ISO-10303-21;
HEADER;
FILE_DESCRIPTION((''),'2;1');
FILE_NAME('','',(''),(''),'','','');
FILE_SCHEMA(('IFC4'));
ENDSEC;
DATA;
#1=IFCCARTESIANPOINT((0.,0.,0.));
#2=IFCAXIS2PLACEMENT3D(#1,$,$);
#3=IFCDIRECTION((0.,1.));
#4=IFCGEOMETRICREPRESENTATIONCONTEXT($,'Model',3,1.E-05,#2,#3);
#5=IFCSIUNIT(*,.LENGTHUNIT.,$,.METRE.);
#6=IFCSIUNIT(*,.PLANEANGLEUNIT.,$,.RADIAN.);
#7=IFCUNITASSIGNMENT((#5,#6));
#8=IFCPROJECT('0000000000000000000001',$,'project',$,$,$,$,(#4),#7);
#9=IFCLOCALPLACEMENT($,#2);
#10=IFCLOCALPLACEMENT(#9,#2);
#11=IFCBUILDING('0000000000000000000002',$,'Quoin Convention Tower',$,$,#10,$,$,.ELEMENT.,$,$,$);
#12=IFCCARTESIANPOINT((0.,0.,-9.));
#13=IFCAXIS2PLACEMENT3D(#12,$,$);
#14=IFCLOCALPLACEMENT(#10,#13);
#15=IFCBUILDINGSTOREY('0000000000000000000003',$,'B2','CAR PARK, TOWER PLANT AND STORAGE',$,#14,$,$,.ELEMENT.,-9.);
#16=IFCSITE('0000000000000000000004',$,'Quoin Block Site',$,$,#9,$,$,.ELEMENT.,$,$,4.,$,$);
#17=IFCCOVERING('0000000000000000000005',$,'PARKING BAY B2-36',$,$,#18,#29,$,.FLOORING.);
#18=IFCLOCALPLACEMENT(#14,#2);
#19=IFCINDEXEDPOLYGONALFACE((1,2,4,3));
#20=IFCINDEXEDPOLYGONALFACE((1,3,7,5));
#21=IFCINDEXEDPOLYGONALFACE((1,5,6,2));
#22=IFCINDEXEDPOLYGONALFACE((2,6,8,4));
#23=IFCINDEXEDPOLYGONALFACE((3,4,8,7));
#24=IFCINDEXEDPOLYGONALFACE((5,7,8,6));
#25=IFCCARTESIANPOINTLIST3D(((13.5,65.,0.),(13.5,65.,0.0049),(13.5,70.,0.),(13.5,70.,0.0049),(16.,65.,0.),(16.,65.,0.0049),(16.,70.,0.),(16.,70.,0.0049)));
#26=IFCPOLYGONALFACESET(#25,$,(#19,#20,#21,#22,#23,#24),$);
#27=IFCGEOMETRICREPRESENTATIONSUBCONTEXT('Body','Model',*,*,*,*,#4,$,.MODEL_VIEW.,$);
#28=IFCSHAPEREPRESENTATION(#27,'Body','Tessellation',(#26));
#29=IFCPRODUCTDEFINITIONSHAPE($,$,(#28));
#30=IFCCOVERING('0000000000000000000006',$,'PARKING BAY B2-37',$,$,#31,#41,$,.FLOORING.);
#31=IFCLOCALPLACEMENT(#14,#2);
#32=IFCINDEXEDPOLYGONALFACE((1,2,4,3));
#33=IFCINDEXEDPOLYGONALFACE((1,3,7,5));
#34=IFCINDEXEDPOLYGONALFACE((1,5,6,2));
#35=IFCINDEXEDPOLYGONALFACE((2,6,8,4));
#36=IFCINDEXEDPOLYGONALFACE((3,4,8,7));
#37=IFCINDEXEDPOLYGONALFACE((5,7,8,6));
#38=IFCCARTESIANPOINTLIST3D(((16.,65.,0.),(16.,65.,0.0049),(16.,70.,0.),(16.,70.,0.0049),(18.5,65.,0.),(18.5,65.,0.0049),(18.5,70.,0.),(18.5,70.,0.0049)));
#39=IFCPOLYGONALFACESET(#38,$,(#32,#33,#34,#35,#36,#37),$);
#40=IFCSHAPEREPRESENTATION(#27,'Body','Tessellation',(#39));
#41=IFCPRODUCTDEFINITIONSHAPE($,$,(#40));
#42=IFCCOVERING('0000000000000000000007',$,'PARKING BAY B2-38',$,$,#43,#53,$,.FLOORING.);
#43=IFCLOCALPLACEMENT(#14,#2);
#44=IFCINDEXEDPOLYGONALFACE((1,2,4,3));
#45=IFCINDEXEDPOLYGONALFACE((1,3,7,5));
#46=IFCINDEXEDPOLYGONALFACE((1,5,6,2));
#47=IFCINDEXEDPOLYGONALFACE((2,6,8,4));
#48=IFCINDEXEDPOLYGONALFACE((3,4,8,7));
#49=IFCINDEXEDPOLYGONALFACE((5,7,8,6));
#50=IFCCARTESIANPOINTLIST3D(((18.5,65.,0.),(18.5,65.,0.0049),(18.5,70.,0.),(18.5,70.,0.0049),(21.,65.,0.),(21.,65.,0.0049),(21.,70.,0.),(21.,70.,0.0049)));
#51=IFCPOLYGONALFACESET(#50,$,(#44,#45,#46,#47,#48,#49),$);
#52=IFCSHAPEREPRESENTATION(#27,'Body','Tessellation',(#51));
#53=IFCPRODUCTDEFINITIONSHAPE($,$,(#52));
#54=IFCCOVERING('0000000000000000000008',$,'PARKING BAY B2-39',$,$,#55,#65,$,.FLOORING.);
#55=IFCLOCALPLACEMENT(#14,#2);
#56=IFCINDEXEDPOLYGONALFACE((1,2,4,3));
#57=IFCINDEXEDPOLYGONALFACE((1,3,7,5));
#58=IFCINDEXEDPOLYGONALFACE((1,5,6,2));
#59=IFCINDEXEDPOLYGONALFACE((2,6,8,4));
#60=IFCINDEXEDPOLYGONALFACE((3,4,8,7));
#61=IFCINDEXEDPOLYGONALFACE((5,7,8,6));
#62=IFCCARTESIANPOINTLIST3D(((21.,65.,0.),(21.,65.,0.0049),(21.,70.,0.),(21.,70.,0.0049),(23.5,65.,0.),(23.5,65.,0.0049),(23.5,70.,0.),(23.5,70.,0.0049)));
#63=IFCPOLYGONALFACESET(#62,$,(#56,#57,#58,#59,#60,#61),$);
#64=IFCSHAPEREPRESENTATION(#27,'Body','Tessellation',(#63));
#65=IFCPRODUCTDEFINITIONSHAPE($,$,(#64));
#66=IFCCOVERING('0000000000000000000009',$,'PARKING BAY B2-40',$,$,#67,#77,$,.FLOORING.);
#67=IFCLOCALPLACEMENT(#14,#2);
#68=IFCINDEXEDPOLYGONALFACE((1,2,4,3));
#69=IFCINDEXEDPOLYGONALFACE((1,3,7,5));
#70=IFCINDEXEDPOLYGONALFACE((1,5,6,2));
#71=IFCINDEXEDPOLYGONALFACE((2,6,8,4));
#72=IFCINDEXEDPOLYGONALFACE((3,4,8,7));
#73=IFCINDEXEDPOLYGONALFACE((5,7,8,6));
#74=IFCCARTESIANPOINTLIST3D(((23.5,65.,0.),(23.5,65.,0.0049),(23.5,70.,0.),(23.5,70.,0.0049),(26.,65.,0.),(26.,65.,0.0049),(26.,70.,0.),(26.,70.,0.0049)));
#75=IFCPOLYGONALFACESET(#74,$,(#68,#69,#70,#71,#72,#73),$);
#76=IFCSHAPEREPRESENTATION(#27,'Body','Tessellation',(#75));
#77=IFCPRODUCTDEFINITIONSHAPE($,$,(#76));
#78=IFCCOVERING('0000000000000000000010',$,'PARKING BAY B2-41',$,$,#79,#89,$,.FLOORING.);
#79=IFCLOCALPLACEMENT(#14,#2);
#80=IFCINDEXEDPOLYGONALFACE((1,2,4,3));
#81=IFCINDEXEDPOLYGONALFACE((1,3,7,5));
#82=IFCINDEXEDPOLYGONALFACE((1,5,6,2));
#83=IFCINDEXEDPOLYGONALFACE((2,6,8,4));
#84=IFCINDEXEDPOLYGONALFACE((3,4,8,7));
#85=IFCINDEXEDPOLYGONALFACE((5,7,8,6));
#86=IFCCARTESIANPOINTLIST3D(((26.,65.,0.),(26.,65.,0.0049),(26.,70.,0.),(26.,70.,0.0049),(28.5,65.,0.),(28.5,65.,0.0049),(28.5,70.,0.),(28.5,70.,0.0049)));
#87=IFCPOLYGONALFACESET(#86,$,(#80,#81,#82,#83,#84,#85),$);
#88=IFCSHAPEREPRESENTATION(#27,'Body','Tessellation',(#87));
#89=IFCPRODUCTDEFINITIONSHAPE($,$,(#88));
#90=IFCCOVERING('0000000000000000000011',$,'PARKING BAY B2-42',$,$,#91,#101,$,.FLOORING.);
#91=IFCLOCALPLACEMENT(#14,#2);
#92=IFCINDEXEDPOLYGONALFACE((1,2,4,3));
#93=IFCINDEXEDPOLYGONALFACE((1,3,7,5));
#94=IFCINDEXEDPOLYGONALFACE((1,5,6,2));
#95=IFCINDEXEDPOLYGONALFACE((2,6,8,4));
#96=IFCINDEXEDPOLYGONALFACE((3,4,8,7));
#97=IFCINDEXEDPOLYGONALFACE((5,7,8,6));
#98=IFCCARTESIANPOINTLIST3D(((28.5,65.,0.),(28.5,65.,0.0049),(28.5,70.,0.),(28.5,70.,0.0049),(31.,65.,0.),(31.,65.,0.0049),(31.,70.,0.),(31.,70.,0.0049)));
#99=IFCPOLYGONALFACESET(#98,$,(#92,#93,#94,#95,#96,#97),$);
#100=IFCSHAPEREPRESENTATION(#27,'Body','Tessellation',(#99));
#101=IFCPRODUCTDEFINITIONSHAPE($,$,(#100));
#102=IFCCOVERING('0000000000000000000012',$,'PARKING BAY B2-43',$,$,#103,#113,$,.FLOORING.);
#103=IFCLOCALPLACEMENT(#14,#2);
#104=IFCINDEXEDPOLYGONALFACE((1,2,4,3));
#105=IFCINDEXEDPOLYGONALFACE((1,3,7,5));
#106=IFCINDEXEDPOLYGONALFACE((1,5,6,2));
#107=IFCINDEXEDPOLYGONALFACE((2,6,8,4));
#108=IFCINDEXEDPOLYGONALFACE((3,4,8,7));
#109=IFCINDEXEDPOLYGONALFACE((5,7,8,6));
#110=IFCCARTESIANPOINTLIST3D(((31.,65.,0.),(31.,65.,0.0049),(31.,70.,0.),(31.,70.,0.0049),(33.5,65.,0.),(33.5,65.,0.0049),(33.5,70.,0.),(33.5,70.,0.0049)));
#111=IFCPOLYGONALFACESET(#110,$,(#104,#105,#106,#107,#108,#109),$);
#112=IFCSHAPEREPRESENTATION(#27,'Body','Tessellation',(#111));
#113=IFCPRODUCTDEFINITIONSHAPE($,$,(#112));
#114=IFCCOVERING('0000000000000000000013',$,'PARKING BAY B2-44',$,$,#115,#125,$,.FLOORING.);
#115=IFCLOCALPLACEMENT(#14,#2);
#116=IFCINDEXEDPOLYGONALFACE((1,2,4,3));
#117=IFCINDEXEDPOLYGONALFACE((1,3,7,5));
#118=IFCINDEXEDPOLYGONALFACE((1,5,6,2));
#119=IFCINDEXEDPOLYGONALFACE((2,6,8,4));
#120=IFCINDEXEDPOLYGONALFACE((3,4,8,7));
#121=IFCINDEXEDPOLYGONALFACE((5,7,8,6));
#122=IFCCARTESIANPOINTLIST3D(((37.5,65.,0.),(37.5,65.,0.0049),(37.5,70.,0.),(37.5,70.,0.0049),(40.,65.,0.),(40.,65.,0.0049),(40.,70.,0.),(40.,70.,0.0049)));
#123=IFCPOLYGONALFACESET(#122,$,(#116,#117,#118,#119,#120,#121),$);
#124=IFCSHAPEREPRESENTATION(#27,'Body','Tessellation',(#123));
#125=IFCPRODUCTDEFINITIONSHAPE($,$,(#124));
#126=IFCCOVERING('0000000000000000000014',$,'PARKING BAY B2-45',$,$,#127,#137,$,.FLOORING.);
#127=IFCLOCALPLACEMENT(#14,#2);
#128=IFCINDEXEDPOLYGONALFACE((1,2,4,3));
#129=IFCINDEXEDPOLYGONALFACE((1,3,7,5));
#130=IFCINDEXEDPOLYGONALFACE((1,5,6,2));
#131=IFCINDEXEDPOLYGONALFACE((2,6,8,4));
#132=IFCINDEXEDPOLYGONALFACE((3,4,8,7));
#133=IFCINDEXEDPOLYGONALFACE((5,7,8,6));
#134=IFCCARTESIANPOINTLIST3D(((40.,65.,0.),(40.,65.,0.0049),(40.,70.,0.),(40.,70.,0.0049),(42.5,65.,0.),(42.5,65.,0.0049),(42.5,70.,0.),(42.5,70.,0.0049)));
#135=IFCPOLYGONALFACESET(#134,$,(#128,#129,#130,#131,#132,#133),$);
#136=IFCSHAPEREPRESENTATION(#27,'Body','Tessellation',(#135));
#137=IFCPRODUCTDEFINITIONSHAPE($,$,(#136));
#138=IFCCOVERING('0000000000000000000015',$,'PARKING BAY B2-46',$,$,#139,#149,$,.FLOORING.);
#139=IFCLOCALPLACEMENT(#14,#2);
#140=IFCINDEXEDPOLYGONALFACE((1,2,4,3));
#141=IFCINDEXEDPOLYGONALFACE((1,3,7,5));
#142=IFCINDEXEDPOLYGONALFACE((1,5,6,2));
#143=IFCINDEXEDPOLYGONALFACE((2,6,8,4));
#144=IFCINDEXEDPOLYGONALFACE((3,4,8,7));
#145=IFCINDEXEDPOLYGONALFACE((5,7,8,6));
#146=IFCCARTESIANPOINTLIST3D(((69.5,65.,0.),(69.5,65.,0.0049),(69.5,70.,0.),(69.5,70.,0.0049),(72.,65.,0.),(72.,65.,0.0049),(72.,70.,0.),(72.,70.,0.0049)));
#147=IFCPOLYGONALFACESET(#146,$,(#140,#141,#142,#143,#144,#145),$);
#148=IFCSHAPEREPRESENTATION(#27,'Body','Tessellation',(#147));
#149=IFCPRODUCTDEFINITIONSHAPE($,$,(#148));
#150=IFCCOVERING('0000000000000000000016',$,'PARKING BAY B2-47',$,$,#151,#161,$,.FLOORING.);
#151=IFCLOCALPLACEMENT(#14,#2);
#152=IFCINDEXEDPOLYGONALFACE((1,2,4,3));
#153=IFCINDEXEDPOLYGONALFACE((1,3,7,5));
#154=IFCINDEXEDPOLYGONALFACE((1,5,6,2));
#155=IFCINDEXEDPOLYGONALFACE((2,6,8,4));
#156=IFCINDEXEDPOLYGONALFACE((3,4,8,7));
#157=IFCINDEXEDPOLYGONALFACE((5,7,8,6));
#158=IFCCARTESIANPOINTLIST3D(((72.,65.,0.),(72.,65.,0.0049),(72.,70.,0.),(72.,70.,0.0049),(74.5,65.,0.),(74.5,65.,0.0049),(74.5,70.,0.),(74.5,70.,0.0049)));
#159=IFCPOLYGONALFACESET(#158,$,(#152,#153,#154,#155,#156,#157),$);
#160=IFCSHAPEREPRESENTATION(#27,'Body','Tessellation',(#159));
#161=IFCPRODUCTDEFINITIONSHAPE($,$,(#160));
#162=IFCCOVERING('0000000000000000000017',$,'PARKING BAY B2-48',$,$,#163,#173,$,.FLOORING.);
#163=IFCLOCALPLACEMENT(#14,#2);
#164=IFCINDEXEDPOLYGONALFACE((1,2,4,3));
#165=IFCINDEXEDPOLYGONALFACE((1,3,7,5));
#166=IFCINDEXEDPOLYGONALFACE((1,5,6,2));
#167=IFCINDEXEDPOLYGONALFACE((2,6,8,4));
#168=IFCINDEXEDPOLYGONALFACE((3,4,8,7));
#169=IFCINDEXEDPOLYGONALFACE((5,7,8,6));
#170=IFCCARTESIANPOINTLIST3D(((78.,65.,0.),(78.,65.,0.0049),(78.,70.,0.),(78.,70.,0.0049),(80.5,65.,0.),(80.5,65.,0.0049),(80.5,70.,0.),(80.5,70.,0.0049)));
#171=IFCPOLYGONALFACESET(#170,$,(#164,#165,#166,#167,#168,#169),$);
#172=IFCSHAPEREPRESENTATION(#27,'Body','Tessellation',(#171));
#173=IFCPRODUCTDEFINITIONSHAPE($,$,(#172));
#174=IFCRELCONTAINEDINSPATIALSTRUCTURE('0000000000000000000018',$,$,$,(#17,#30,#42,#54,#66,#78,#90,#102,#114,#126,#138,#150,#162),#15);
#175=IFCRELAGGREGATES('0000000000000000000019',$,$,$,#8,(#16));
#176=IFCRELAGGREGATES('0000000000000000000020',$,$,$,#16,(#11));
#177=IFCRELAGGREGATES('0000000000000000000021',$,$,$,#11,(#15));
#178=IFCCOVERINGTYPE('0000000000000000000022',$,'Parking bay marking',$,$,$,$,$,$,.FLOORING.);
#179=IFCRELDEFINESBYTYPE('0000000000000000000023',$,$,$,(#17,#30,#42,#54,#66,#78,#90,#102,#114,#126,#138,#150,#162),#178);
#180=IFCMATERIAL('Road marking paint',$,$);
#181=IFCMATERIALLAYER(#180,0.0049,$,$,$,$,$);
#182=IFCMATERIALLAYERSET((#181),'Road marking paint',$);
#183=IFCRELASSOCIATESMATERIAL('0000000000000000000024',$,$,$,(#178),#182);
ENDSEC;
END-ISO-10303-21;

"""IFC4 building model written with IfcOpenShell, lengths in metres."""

from ifc_helpers import new_model, si_unit, direction, frame, origin, place, context, subcontext, project, spatial, polyline, outline, extrude, material, layer, layer_set, type_object, element, save


model = new_model("IFC4")

# Units and contexts
model_context = context("Model", 3, precision=1e-05, world=origin(), true_north=direction((0.0, 1.0)))
body_context = subcontext(model_context, "Body", "Model", "MODEL_VIEW")
ifc_project = project(units=[si_unit("LENGTHUNIT", "METRE"), si_unit("PLANEANGLEUNIT", "RADIAN")], contexts=[model_context])

# Site, building, storey
site_placement = place(None, origin())
site = spatial("IfcSite", under=ifc_project, at=site_placement, Name="Quoin Block Site", CompositionType="ELEMENT", RefElevation=4.0)
building_placement = place(site_placement, origin())
building = spatial("IfcBuilding", under=site, at=building_placement, Name="Quoin Convention Tower", CompositionType="ELEMENT")
storey_placement = place(building_placement, frame((0.0, 0.0, -9.0)))
storey = spatial("IfcBuildingStorey", under=building, at=storey_placement, Name="B2", Description="CAR PARK, TOWER PLANT AND STORAGE", CompositionType="ELEMENT", Elevation=-9.0)

# Coverings
ifc_material = material(Name="Road marking paint")
ifc_layer = layer(ifc_material, 0.0049)
ifc_layer_set = layer_set([ifc_layer], Name="Road marking paint")
covering_type = type_object("IfcCoveringType", Name="Parking bay marking", PredefinedType="FLOORING", material=ifc_layer_set)
covering_1_placement = place(storey_placement, origin())
element("IfcCovering", 1, at=covering_1_placement, inside=storey, type_object=covering_type, Name="PARKING BAY B2-36", PredefinedType="FLOORING", context=body_context, shape_type="SweptSolid", body=[
    extrude(outline(polyline([(13.5, 65.0), (16.0, 65.0), (16.0, 70.0), (13.5, 70.0), (13.5, 65.0)])), origin(), (0.0, 0.0, 1.0), 0.0049),
])
covering_2_placement = place(storey_placement, origin())
element("IfcCovering", 2, at=covering_2_placement, inside=storey, type_object=covering_type, Name="PARKING BAY B2-37", PredefinedType="FLOORING", context=body_context, shape_type="SweptSolid", body=[
    extrude(outline(polyline([(16.0, 65.0), (18.5, 65.0), (18.5, 70.0), (16.0, 70.0), (16.0, 65.0)])), origin(), (0.0, 0.0, 1.0), 0.0049),
])
covering_3_placement = place(storey_placement, origin())
element("IfcCovering", 3, at=covering_3_placement, inside=storey, type_object=covering_type, Name="PARKING BAY B2-38", PredefinedType="FLOORING", context=body_context, shape_type="SweptSolid", body=[
    extrude(outline(polyline([(18.5, 65.0), (21.0, 65.0), (21.0, 70.0), (18.5, 70.0), (18.5, 65.0)])), origin(), (0.0, 0.0, 1.0), 0.0049),
])
covering_4_placement = place(storey_placement, origin())
element("IfcCovering", 4, at=covering_4_placement, inside=storey, type_object=covering_type, Name="PARKING BAY B2-39", PredefinedType="FLOORING", context=body_context, shape_type="SweptSolid", body=[
    extrude(outline(polyline([(21.0, 65.0), (23.5, 65.0), (23.5, 70.0), (21.0, 70.0), (21.0, 65.0)])), origin(), (0.0, 0.0, 1.0), 0.0049),
])
covering_5_placement = place(storey_placement, origin())
element("IfcCovering", 5, at=covering_5_placement, inside=storey, type_object=covering_type, Name="PARKING BAY B2-40", PredefinedType="FLOORING", context=body_context, shape_type="SweptSolid", body=[
    extrude(outline(polyline([(23.5, 65.0), (26.0, 65.0), (26.0, 70.0), (23.5, 70.0), (23.5, 65.0)])), origin(), (0.0, 0.0, 1.0), 0.0049),
])
covering_6_placement = place(storey_placement, origin())
element("IfcCovering", 6, at=covering_6_placement, inside=storey, type_object=covering_type, Name="PARKING BAY B2-41", PredefinedType="FLOORING", context=body_context, shape_type="SweptSolid", body=[
    extrude(outline(polyline([(26.0, 65.0), (28.5, 65.0), (28.5, 70.0), (26.0, 70.0), (26.0, 65.0)])), origin(), (0.0, 0.0, 1.0), 0.0049),
])
covering_7_placement = place(storey_placement, origin())
element("IfcCovering", 7, at=covering_7_placement, inside=storey, type_object=covering_type, Name="PARKING BAY B2-42", PredefinedType="FLOORING", context=body_context, shape_type="SweptSolid", body=[
    extrude(outline(polyline([(28.5, 65.0), (31.0, 65.0), (31.0, 70.0), (28.5, 70.0), (28.5, 65.0)])), origin(), (0.0, 0.0, 1.0), 0.0049),
])
covering_8_placement = place(storey_placement, origin())
element("IfcCovering", 8, at=covering_8_placement, inside=storey, type_object=covering_type, Name="PARKING BAY B2-43", PredefinedType="FLOORING", context=body_context, shape_type="SweptSolid", body=[
    extrude(outline(polyline([(31.0, 65.0), (33.5, 65.0), (33.5, 70.0), (31.0, 70.0), (31.0, 65.0)])), origin(), (0.0, 0.0, 1.0), 0.0049),
])
covering_9_placement = place(storey_placement, origin())
element("IfcCovering", 9, at=covering_9_placement, inside=storey, type_object=covering_type, Name="PARKING BAY B2-44", PredefinedType="FLOORING", context=body_context, shape_type="SweptSolid", body=[
    extrude(outline(polyline([(37.5, 65.0), (40.0, 65.0), (40.0, 70.0), (37.5, 70.0), (37.5, 65.0)])), origin(), (0.0, 0.0, 1.0), 0.0049),
])
covering_10_placement = place(storey_placement, origin())
element("IfcCovering", 10, at=covering_10_placement, inside=storey, type_object=covering_type, Name="PARKING BAY B2-45", PredefinedType="FLOORING", context=body_context, shape_type="SweptSolid", body=[
    extrude(outline(polyline([(40.0, 65.0), (42.5, 65.0), (42.5, 70.0), (40.0, 70.0), (40.0, 65.0)])), origin(), (0.0, 0.0, 1.0), 0.0049),
])
covering_11_placement = place(storey_placement, origin())
element("IfcCovering", 11, at=covering_11_placement, inside=storey, type_object=covering_type, Name="PARKING BAY B2-46", PredefinedType="FLOORING", context=body_context, shape_type="SweptSolid", body=[
    extrude(outline(polyline([(69.5, 65.0), (72.0, 65.0), (72.0, 70.0), (69.5, 70.0), (69.5, 65.0)])), origin(), (0.0, 0.0, 1.0), 0.0049),
])
covering_12_placement = place(storey_placement, origin())
element("IfcCovering", 12, at=covering_12_placement, inside=storey, type_object=covering_type, Name="PARKING BAY B2-47", PredefinedType="FLOORING", context=body_context, shape_type="SweptSolid", body=[
    extrude(outline(polyline([(72.0, 65.0), (74.5, 65.0), (74.5, 70.0), (72.0, 70.0), (72.0, 65.0)])), origin(), (0.0, 0.0, 1.0), 0.0049),
])
covering_13_placement = place(storey_placement, origin())
element("IfcCovering", 13, at=covering_13_placement, inside=storey, type_object=covering_type, Name="PARKING BAY B2-48", PredefinedType="FLOORING", context=body_context, shape_type="SweptSolid", body=[
    extrude(outline(polyline([(78.0, 65.0), (80.5, 65.0), (80.5, 70.0), (78.0, 70.0), (78.0, 65.0)])), origin(), (0.0, 0.0, 1.0), 0.0049),
])

save(model, "model.ifc")
